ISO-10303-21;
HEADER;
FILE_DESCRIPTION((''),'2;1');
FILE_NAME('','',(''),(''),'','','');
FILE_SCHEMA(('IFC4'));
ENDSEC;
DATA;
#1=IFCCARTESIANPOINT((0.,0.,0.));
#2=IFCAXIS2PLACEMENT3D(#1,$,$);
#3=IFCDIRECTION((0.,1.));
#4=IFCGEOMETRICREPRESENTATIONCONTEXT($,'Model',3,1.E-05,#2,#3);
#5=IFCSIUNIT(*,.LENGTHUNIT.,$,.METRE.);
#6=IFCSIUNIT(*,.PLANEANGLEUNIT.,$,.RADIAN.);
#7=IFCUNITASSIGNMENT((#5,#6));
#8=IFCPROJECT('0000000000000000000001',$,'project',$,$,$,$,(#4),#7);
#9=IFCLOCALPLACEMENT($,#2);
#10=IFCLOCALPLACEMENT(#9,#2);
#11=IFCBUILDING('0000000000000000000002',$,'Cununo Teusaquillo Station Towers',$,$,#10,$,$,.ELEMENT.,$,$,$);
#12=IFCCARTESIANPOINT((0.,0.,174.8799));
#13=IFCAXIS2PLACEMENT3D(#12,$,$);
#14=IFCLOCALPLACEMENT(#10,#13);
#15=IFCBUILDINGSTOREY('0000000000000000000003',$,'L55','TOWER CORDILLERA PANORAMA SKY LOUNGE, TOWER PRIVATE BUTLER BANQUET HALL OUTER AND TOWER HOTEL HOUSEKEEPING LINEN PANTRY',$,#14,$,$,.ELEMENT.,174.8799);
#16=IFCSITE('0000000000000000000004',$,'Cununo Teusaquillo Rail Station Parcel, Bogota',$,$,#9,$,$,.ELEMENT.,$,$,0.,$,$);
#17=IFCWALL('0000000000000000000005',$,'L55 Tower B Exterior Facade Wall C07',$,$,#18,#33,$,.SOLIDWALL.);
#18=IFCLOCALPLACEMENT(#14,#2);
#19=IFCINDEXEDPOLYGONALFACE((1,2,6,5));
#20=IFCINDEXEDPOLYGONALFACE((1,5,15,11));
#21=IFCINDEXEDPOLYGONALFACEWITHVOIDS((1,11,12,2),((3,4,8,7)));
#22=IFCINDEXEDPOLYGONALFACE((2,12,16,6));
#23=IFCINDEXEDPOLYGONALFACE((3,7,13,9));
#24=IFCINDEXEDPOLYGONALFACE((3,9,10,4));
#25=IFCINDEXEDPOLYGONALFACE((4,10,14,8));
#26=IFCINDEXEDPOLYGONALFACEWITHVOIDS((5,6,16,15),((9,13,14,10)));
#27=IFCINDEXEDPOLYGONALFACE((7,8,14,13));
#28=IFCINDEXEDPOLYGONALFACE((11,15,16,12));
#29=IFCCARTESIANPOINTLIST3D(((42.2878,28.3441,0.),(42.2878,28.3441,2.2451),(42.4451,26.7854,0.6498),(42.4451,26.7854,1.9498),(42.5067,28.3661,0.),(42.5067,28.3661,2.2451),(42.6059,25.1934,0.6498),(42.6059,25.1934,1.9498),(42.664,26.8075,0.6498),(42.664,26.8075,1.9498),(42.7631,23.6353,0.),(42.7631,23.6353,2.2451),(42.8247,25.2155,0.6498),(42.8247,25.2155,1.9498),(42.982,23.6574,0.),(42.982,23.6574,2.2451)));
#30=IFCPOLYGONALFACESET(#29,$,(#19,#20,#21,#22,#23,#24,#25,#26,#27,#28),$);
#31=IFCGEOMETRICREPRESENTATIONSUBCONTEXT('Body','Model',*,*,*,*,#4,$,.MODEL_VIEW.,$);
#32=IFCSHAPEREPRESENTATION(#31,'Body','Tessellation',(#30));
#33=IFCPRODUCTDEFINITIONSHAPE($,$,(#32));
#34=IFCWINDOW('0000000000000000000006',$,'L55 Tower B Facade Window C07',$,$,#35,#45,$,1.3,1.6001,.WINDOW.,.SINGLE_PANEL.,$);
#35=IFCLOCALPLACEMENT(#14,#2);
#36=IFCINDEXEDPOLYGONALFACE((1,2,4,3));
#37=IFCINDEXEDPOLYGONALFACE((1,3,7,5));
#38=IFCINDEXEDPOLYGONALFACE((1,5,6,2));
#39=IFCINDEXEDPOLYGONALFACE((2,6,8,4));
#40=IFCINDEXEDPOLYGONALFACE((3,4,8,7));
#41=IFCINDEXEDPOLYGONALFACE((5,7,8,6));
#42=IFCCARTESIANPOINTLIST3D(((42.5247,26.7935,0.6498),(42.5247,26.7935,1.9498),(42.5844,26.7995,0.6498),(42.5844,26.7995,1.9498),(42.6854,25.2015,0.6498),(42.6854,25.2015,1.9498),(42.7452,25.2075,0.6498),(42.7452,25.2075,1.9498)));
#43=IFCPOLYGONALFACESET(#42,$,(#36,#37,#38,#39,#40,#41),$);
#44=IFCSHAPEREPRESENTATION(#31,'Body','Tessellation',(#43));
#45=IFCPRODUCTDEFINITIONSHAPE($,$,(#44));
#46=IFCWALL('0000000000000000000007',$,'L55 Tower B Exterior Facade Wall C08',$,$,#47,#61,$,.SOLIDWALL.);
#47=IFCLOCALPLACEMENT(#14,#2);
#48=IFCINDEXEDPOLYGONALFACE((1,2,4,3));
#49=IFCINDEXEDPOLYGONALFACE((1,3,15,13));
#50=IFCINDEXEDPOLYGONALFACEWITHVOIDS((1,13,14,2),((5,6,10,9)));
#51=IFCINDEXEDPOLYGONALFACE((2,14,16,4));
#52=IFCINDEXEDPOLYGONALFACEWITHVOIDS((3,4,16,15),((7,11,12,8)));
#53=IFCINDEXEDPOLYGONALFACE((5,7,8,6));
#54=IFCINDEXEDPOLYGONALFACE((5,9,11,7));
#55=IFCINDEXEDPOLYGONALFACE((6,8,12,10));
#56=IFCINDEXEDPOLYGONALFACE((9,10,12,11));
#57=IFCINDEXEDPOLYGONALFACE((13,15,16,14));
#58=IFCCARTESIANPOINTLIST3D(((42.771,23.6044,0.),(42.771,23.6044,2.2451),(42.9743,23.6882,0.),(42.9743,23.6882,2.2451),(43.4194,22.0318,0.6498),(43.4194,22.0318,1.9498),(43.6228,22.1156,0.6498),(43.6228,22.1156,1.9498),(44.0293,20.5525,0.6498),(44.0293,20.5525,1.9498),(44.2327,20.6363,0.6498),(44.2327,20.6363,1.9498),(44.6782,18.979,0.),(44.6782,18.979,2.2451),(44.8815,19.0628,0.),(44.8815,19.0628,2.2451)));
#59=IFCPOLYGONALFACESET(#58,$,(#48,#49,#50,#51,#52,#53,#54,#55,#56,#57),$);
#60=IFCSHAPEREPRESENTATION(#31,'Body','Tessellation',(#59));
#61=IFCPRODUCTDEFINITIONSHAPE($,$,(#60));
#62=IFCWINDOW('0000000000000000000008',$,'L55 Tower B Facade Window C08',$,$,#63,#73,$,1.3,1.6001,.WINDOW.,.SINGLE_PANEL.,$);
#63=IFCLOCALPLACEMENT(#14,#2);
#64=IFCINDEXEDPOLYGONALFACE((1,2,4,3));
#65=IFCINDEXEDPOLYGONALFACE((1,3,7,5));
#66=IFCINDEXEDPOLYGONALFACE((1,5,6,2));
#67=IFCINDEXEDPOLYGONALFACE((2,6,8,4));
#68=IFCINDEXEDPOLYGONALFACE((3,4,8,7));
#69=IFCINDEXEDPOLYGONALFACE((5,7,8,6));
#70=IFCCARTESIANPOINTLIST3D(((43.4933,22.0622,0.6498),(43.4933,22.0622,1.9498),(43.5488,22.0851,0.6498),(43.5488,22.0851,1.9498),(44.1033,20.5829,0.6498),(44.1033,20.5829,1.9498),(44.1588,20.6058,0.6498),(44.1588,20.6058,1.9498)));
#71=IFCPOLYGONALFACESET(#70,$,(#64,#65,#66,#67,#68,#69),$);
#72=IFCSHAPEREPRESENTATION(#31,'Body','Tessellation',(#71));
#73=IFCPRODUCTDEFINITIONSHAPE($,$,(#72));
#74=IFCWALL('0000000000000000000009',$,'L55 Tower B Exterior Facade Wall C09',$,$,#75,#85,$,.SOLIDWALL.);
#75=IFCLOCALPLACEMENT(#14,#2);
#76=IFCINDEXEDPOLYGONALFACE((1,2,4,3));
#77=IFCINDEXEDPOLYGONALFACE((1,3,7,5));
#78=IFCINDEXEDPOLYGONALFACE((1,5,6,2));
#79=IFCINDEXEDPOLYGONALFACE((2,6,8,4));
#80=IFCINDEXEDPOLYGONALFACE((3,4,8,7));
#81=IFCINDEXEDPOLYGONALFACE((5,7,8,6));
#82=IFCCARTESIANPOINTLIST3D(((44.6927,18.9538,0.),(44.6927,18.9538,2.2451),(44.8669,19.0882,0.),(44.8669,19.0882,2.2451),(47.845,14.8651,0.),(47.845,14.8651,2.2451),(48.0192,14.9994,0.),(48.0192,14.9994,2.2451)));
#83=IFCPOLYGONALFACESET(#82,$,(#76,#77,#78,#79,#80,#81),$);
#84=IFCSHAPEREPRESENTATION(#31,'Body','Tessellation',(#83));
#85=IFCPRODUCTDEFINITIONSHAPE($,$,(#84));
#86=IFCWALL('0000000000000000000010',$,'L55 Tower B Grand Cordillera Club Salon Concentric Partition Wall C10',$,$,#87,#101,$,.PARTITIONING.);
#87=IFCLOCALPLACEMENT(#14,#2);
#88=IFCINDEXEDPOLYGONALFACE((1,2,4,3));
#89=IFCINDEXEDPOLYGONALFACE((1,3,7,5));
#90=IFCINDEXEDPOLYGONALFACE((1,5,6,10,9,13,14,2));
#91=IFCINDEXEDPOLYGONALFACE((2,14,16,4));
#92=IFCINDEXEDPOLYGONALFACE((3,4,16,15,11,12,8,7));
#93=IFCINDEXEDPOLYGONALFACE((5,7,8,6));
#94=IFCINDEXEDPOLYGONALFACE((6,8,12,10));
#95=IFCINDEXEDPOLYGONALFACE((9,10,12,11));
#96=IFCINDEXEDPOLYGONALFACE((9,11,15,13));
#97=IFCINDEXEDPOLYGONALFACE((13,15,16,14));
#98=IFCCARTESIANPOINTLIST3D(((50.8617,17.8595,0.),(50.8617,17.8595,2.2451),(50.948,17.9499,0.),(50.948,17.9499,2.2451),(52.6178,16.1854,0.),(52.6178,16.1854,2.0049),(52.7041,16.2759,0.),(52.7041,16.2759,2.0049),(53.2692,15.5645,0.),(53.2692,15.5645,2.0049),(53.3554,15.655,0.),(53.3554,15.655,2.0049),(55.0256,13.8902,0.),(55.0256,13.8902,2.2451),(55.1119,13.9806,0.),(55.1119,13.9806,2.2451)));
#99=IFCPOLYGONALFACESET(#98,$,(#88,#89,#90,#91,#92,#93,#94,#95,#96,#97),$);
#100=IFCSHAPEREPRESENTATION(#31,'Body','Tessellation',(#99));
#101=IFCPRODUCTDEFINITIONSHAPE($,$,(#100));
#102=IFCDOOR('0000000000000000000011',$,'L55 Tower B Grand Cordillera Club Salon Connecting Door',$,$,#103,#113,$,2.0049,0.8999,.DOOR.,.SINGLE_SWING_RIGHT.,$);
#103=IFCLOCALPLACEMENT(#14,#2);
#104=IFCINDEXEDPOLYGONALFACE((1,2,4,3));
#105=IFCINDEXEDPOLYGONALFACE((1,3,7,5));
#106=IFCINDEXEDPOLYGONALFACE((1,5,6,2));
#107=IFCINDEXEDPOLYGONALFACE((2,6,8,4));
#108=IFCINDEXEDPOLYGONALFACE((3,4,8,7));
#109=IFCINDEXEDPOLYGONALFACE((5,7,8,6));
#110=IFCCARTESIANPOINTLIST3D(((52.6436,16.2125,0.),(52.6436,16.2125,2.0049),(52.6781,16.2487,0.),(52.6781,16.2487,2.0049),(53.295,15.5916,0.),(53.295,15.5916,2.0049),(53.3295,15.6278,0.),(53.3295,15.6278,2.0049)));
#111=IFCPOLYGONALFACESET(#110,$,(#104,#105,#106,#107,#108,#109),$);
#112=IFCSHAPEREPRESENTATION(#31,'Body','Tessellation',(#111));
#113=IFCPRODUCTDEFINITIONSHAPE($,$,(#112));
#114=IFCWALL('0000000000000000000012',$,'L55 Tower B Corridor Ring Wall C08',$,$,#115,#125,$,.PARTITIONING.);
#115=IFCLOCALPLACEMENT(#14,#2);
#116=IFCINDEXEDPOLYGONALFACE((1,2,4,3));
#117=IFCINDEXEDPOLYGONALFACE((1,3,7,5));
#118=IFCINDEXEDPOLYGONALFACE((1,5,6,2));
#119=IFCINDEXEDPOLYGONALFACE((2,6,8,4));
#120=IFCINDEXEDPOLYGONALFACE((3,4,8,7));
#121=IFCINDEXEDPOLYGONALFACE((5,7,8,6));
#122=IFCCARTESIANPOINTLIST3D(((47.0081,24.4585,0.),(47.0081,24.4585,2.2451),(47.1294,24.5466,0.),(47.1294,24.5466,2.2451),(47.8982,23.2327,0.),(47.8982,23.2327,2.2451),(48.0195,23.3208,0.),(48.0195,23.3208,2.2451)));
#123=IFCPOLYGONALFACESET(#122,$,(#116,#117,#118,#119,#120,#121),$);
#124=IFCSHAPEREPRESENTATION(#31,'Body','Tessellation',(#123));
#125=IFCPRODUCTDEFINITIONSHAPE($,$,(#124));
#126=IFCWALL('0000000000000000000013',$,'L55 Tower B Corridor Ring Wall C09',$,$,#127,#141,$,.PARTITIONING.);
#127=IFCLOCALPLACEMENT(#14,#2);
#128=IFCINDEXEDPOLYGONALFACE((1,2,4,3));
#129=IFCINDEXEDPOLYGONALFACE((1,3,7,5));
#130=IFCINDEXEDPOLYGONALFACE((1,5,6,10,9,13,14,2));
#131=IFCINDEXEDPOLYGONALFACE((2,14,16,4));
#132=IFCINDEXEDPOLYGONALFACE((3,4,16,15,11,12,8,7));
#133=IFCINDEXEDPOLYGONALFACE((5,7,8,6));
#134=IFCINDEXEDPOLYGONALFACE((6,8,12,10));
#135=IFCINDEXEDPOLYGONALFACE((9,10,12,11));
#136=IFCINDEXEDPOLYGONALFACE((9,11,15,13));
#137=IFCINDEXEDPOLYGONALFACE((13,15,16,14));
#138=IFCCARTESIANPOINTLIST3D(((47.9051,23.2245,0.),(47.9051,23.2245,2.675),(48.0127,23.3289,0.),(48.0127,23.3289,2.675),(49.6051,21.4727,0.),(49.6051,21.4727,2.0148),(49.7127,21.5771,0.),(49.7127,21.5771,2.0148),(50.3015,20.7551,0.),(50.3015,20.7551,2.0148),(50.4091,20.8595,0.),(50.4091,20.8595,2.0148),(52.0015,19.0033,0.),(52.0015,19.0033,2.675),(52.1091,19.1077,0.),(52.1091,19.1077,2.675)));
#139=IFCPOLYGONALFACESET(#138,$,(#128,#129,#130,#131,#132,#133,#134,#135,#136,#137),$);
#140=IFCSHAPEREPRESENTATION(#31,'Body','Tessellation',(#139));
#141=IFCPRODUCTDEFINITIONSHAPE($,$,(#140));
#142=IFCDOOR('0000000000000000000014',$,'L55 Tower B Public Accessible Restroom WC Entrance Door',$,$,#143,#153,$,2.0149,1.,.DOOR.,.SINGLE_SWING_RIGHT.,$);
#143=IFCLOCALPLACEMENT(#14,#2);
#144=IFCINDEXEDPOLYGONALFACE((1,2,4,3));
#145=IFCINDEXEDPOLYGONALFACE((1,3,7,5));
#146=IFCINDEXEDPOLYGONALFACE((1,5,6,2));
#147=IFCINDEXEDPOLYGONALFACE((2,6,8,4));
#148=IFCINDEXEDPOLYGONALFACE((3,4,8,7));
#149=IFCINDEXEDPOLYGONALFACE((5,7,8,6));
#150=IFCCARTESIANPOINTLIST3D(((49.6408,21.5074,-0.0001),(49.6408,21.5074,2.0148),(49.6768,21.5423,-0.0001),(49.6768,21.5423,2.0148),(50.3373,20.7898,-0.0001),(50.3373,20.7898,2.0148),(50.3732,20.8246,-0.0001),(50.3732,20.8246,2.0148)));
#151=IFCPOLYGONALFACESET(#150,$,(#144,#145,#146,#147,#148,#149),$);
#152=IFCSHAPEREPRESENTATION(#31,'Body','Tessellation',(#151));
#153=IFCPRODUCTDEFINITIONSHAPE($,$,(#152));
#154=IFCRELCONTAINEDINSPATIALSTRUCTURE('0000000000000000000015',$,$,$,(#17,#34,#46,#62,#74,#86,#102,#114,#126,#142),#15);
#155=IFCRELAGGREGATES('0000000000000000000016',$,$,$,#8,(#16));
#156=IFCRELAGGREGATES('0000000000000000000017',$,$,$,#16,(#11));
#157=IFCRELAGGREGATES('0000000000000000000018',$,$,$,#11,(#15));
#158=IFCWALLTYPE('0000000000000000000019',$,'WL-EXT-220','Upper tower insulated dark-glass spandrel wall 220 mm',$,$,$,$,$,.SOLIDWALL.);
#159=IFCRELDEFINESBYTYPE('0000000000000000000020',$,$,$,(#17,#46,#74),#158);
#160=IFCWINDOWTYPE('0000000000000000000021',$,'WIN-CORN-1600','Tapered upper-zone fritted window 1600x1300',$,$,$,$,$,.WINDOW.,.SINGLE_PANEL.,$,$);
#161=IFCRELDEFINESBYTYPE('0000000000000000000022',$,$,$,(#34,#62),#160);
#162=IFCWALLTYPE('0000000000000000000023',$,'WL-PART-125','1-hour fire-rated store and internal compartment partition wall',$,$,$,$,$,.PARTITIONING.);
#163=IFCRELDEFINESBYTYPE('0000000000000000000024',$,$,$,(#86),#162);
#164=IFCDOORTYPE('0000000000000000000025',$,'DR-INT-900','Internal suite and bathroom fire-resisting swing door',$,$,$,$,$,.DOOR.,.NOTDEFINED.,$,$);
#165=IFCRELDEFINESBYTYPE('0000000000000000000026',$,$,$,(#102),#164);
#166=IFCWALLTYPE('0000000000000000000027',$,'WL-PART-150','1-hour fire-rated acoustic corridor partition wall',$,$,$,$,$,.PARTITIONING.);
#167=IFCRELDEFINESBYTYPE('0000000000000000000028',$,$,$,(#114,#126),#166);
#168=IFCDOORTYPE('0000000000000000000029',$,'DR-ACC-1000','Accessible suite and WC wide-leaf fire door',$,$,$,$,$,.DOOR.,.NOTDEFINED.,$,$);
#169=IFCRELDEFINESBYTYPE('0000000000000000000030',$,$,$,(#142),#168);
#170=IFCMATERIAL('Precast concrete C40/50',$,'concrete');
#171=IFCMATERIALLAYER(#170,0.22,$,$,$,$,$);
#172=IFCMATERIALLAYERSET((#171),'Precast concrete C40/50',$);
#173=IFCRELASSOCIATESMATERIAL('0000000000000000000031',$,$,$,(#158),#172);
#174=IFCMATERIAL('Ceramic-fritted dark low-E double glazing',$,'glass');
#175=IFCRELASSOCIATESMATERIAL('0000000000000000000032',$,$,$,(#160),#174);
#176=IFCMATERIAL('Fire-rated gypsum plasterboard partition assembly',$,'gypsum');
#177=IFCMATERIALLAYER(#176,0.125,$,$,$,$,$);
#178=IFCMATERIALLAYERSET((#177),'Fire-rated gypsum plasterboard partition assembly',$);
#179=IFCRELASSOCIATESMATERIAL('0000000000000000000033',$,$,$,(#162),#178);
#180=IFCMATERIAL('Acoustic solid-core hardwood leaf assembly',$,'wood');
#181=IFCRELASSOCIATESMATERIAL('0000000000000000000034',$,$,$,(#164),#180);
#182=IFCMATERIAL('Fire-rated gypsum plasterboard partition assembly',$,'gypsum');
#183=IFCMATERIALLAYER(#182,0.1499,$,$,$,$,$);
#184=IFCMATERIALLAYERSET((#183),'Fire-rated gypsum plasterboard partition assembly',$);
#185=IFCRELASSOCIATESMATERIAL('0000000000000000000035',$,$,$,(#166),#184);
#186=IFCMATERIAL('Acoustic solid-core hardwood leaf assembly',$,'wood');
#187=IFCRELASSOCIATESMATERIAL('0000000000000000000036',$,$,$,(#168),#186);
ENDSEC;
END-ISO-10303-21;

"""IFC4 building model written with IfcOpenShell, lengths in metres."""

from ifc_helpers import new_model, si_unit, direction, frame, frame_2d, origin, place, context, subcontext, project, spatial, rectangle, extrude, source, transform, mapped, material, layer, layer_set, type_object, element, fill, save


model = new_model("IFC4")

# Units and contexts
model_context = context("Model", 3, precision=1e-05, world=origin(), true_north=direction((0.0, 1.0)))
body_context = subcontext(model_context, "Body", "Model", "MODEL_VIEW")
ifc_project = project(units=[si_unit("LENGTHUNIT", "METRE"), si_unit("PLANEANGLEUNIT", "RADIAN")], contexts=[model_context])

# Site, building, storey
site_placement = place(None, origin())
site = spatial("IfcSite", under=ifc_project, at=site_placement, Name="Cununo Teusaquillo Rail Station Parcel, Bogota", CompositionType="ELEMENT", RefElevation=0.0)
building_placement = place(site_placement, origin())
building = spatial("IfcBuilding", under=site, at=building_placement, Name="Cununo Teusaquillo Station Towers", CompositionType="ELEMENT")
storey_placement = place(building_placement, frame((0.0, 0.0, 174.8799)))
storey = spatial("IfcBuildingStorey", under=building, at=storey_placement, Name="L55", Description="TOWER CORDILLERA PANORAMA SKY LOUNGE, TOWER PRIVATE BUTLER BANQUET HALL OUTER AND TOWER HOTEL HOUSEKEEPING LINEN PANTRY", CompositionType="ELEMENT", Elevation=174.8799)

# Shared definitions
ifc_material_1 = material(Name="Precast concrete C40/50", Category="concrete")
ifc_layer_1 = layer(ifc_material_1, 0.22)
ifc_layer_set_1 = layer_set([ifc_layer_1], Name="Precast concrete C40/50")
wall_type_1 = type_object("IfcWallType", Name="WL-EXT-220", Description="Upper tower insulated dark-glass spandrel wall 220 mm", PredefinedType="SOLIDWALL", material=ifc_layer_set_1)

# Walls, openings, windows
shared_shape_1 = source(origin(), body_context, "Body", "SweptSolid", [
    extrude(rectangle(XDim=1.6001, YDim=1.3, at=frame_2d((0.8, 0.6499))), frame((0.0, 0.1199, 0.0), z_axis=(0.0, -1.0, 0.0), x_axis=(1.0, 0.0, 0.0)), (0.0, 0.0, 1.0), 0.24),
])
ifc_material_2 = material(Name="Ceramic-fritted dark low-E double glazing", Category="glass")
window_type = type_object("IfcWindowType", Name="WIN-CORN-1600", Description="Tapered upper-zone fritted window 1600x1300", PartitioningType="SINGLE_PANEL", PredefinedType="WINDOW", material=ifc_material_2)
shared_shape_2 = source(origin(), body_context, "Body", "SweptSolid", [
    extrude(rectangle(XDim=1.6001, YDim=1.3, at=frame_2d((0.8, 0.6499))), frame((0.0, 0.03, 0.0), z_axis=(0.0, -1.0, 0.0), x_axis=(1.0, 0.0, 0.0)), (0.0, 0.0, 1.0), 0.0601),
])
wall_1_placement = place(storey_placement, frame((42.8726, 23.6465, 0.0), z_axis=(0.0, 0.0, 1.0), x_axis=(-0.100438, 0.994943, 0.0)))
wall_1 = element("IfcWall", 1, at=wall_1_placement, inside=storey, type_object=wall_type_1, Name="L55 Tower B Exterior Facade Wall C07", PredefinedType="SOLIDWALL", context=body_context, shape_type="SweptSolid", body=[
    extrude(rectangle(XDim=4.7327, YDim=0.22, at=frame_2d((2.3662, 0.0))), origin(), (0.0, 0.0, 1.0), 2.2451),
])
opening_1_placement = place(wall_1_placement, frame((1.5659, 0.0, 0.6499)))
opening_1 = element("IfcOpeningElement", 2, at=opening_1_placement, cuts=wall_1, PredefinedType="OPENING", context=body_context, shape_type="MappedRepresentation", body=[
    mapped(shared_shape_1, transform((0.0, 0.0, 0.0), x_axis=(1.0, 0.0, 0.0), y_axis=(0.0, 1.0, 0.0), z_axis=(0.0, 0.0, 1.0), scale=1.0)),
])
window_1_placement = place(opening_1_placement, origin())
window_1 = element("IfcWindow", 3, at=window_1_placement, inside=storey, type_object=window_type, Name="L55 Tower B Facade Window C07", OverallHeight=1.3, OverallWidth=1.6001, PartitioningType="SINGLE_PANEL", PredefinedType="WINDOW", context=body_context, shape_type="MappedRepresentation", body=[
    mapped(shared_shape_2, transform((0.0, 0.0, 0.0), x_axis=(1.0, 0.0, 0.0), y_axis=(0.0, 1.0, 0.0), z_axis=(0.0, 0.0, 1.0), scale=1.0)),
])
fill(opening_1, window_1)
wall_2_placement = place(storey_placement, frame((44.7798, 19.021, 0.0), z_axis=(0.0, 0.0, 1.0), x_axis=(-0.381196, 0.924494, 0.0)))
wall_2 = element("IfcWall", 4, at=wall_2_placement, inside=storey, type_object=wall_type_1, Name="L55 Tower B Exterior Facade Wall C08", PredefinedType="SOLIDWALL", context=body_context, shape_type="SweptSolid", body=[
    extrude(rectangle(XDim=5.0032, YDim=0.22, at=frame_2d((2.5015, 0.0))), origin(), (0.0, 0.0, 1.0), 2.2451),
])
opening_2_placement = place(wall_2_placement, frame((1.7019, 0.0, 0.6499)))
opening_2 = element("IfcOpeningElement", 5, at=opening_2_placement, cuts=wall_2, PredefinedType="OPENING", context=body_context, shape_type="MappedRepresentation", body=[
    mapped(shared_shape_1, transform((0.0, 0.0, 0.0), x_axis=(1.0, 0.0, 0.0), y_axis=(0.0, 1.0, 0.0), z_axis=(0.0, 0.0, 1.0), scale=1.0)),
])
window_2_placement = place(opening_2_placement, origin())
window_2 = element("IfcWindow", 6, at=window_2_placement, inside=storey, type_object=window_type, Name="L55 Tower B Facade Window C08", OverallHeight=1.3, OverallWidth=1.6001, PartitioningType="SINGLE_PANEL", PredefinedType="WINDOW", context=body_context, shape_type="MappedRepresentation", body=[
    mapped(shared_shape_2, transform((0.0, 0.0, 0.0), x_axis=(1.0, 0.0, 0.0), y_axis=(0.0, 1.0, 0.0), z_axis=(0.0, 0.0, 1.0), scale=1.0)),
])
fill(opening_2, window_2)

# Wall
wall_3_placement = place(storey_placement, frame((47.9321, 14.9321, 0.0), z_axis=(0.0, 0.0, 1.0), x_axis=(-0.61057, 0.791963, 0.0)))
element("IfcWall", 7, at=wall_3_placement, inside=storey, type_object=wall_type_1, Name="L55 Tower B Exterior Facade Wall C09", PredefinedType="SOLIDWALL", context=body_context, shape_type="SweptSolid", body=[
    extrude(rectangle(XDim=5.1628, YDim=0.22, at=frame_2d((2.5815, 0.0))), origin(), (0.0, 0.0, 1.0), 2.2451),
])

# Wall, opening, door
ifc_material_3 = material(Name="Fire-rated gypsum plasterboard partition assembly", Category="gypsum")
ifc_layer_2 = layer(ifc_material_3, 0.125)
ifc_layer_set_2 = layer_set([ifc_layer_2], Name="Fire-rated gypsum plasterboard partition assembly")
wall_type_2 = type_object("IfcWallType", Name="WL-PART-125", Description="1-hour fire-rated store and internal compartment partition wall", PredefinedType="PARTITIONING", material=ifc_layer_set_2)
wall_4_placement = place(storey_placement, frame((50.9048, 17.9048, 0.0), z_axis=(0.0, 0.0, 1.0), x_axis=(0.723817, -0.689992, 0.0)))
wall_4 = element("IfcWall", 8, at=wall_4_placement, inside=storey, type_object=wall_type_2, Name="L55 Tower B Grand Cordillera Club Salon Concentric Partition Wall C10", PredefinedType="PARTITIONING", context=body_context, shape_type="SweptSolid", body=[
    extrude(rectangle(XDim=5.7527, YDim=0.125, at=frame_2d((2.8765, 0.0))), origin(), (0.0, 0.0, 1.0), 2.2451),
])
shared_shape_3 = source(origin(), body_context, "Body", "SweptSolid", [
    extrude(rectangle(XDim=0.8999, YDim=2.0049, at=frame_2d((0.45, 1.0024))), frame((0.0, 0.0725, 0.0), z_axis=(0.0, -1.0, 0.0), x_axis=(1.0, 0.0, 0.0)), (0.0, 0.0, 1.0), 0.145),
])
opening_3_placement = place(wall_4_placement, frame((2.4263, 0.0, 0.0)))
opening_3 = element("IfcOpeningElement", 9, at=opening_3_placement, cuts=wall_4, PredefinedType="OPENING", context=body_context, shape_type="MappedRepresentation", body=[
    mapped(shared_shape_3, transform((0.0, 0.0, 0.0), x_axis=(1.0, 0.0, 0.0), y_axis=(0.0, 1.0, 0.0), z_axis=(0.0, 0.0, 1.0), scale=1.0)),
])
ifc_material_4 = material(Name="Acoustic solid-core hardwood leaf assembly", Category="wood")
door_type_1 = type_object("IfcDoorType", Name="DR-INT-900", Description="Internal suite and bathroom fire-resisting swing door", OperationType="NOTDEFINED", PredefinedType="DOOR", material=ifc_material_4)
shared_shape_4 = source(origin(), body_context, "Body", "SweptSolid", [
    extrude(rectangle(XDim=0.8999, YDim=2.0049, at=frame_2d((0.45, 1.0024))), frame((0.0, 0.0249, 0.0), z_axis=(0.0, -1.0, 0.0), x_axis=(1.0, 0.0, 0.0)), (0.0, 0.0, 1.0), 0.05),
])
door_1_placement = place(opening_3_placement, origin())
door_1 = element("IfcDoor", 10, at=door_1_placement, inside=storey, type_object=door_type_1, Name="L55 Tower B Grand Cordillera Club Salon Connecting Door", OperationType="SINGLE_SWING_RIGHT", OverallHeight=2.0049, OverallWidth=0.8999, PredefinedType="DOOR", context=body_context, shape_type="MappedRepresentation", body=[
    mapped(shared_shape_4, transform((0.0, 0.0, 0.0), x_axis=(1.0, 0.0, 0.0), y_axis=(0.0, 1.0, 0.0), z_axis=(0.0, 0.0, 1.0), scale=1.0)),
])
fill(opening_3, door_1)

# Wall
ifc_material_5 = material(Name="Fire-rated gypsum plasterboard partition assembly", Category="gypsum")
ifc_layer_3 = layer(ifc_material_5, 0.1499)
ifc_layer_set_3 = layer_set([ifc_layer_3], Name="Fire-rated gypsum plasterboard partition assembly")
wall_type_3 = type_object("IfcWallType", Name="WL-PART-150", Description="1-hour fire-rated acoustic corridor partition wall", PredefinedType="PARTITIONING", material=ifc_layer_set_3)
wall_5_placement = place(storey_placement, frame((47.0688, 24.5024, 0.0), z_axis=(0.0, 0.0, 1.0), x_axis=(0.587577, -0.809168, 0.0)))
element("IfcWall", 11, at=wall_5_placement, inside=storey, type_object=wall_type_3, Name="L55 Tower B Corridor Ring Wall C08", PredefinedType="PARTITIONING", context=body_context, shape_type="SweptSolid", body=[
    extrude(rectangle(XDim=1.5149, YDim=0.1499, at=frame_2d((0.7573, 0.0))), origin(), (0.0, 0.0, 1.0), 2.2451),
])

# Wall, opening, door
wall_6_placement = place(storey_placement, frame((47.959, 23.2766, 0.0), z_axis=(0.0, 0.0, 1.0), x_axis=(0.696423, -0.717632, 0.0)))
wall_6 = element("IfcWall", 12, at=wall_6_placement, inside=storey, type_object=wall_type_3, Name="L55 Tower B Corridor Ring Wall C09", PredefinedType="PARTITIONING", context=body_context, shape_type="SweptSolid", body=[
    extrude(rectangle(XDim=5.8821, YDim=0.1499, at=frame_2d((2.9409, 0.0))), origin(), (0.0, 0.0, 1.0), 2.675),
])
shared_shape_5 = source(origin(), body_context, "Body", "SweptSolid", [
    extrude(rectangle(XDim=1.0, YDim=2.0149, at=frame_2d((0.5, 1.0073))), frame((0.0, 0.085, 0.0), z_axis=(0.0, -1.0, 0.0), x_axis=(1.0, 0.0, 0.0)), (0.0, 0.0, 1.0), 0.1699),
])
opening_4_placement = place(wall_6_placement, frame((2.4409, 0.0, 0.0)))
opening_4 = element("IfcOpeningElement", 13, at=opening_4_placement, cuts=wall_6, PredefinedType="OPENING", context=body_context, shape_type="MappedRepresentation", body=[
    mapped(shared_shape_5, transform((0.0, 0.0, 0.0), x_axis=(1.0, 0.0, 0.0), y_axis=(0.0, 1.0, 0.0), z_axis=(0.0, 0.0, 1.0), scale=1.0)),
])
ifc_material_6 = material(Name="Acoustic solid-core hardwood leaf assembly", Category="wood")
door_type_2 = type_object("IfcDoorType", Name="DR-ACC-1000", Description="Accessible suite and WC wide-leaf fire door", OperationType="NOTDEFINED", PredefinedType="DOOR", material=ifc_material_6)
shared_shape_6 = source(origin(), body_context, "Body", "SweptSolid", [
    extrude(rectangle(XDim=1.0, YDim=2.0149, at=frame_2d((0.5, 1.0073))), frame((0.0, 0.0249, 0.0), z_axis=(0.0, -1.0, 0.0), x_axis=(1.0, 0.0, 0.0)), (0.0, 0.0, 1.0), 0.05),
])
door_2_placement = place(opening_4_placement, origin())
door_2 = element("IfcDoor", 14, at=door_2_placement, inside=storey, type_object=door_type_2, Name="L55 Tower B Public Accessible Restroom WC Entrance Door", OperationType="SINGLE_SWING_RIGHT", OverallHeight=2.0149, OverallWidth=1.0, PredefinedType="DOOR", context=body_context, shape_type="MappedRepresentation", body=[
    mapped(shared_shape_6, transform((0.0, 0.0, 0.0), x_axis=(1.0, 0.0, 0.0), y_axis=(0.0, 1.0, 0.0), z_axis=(0.0, 0.0, 1.0), scale=1.0)),
])
fill(opening_4, door_2)

save(model, "model.ifc")
